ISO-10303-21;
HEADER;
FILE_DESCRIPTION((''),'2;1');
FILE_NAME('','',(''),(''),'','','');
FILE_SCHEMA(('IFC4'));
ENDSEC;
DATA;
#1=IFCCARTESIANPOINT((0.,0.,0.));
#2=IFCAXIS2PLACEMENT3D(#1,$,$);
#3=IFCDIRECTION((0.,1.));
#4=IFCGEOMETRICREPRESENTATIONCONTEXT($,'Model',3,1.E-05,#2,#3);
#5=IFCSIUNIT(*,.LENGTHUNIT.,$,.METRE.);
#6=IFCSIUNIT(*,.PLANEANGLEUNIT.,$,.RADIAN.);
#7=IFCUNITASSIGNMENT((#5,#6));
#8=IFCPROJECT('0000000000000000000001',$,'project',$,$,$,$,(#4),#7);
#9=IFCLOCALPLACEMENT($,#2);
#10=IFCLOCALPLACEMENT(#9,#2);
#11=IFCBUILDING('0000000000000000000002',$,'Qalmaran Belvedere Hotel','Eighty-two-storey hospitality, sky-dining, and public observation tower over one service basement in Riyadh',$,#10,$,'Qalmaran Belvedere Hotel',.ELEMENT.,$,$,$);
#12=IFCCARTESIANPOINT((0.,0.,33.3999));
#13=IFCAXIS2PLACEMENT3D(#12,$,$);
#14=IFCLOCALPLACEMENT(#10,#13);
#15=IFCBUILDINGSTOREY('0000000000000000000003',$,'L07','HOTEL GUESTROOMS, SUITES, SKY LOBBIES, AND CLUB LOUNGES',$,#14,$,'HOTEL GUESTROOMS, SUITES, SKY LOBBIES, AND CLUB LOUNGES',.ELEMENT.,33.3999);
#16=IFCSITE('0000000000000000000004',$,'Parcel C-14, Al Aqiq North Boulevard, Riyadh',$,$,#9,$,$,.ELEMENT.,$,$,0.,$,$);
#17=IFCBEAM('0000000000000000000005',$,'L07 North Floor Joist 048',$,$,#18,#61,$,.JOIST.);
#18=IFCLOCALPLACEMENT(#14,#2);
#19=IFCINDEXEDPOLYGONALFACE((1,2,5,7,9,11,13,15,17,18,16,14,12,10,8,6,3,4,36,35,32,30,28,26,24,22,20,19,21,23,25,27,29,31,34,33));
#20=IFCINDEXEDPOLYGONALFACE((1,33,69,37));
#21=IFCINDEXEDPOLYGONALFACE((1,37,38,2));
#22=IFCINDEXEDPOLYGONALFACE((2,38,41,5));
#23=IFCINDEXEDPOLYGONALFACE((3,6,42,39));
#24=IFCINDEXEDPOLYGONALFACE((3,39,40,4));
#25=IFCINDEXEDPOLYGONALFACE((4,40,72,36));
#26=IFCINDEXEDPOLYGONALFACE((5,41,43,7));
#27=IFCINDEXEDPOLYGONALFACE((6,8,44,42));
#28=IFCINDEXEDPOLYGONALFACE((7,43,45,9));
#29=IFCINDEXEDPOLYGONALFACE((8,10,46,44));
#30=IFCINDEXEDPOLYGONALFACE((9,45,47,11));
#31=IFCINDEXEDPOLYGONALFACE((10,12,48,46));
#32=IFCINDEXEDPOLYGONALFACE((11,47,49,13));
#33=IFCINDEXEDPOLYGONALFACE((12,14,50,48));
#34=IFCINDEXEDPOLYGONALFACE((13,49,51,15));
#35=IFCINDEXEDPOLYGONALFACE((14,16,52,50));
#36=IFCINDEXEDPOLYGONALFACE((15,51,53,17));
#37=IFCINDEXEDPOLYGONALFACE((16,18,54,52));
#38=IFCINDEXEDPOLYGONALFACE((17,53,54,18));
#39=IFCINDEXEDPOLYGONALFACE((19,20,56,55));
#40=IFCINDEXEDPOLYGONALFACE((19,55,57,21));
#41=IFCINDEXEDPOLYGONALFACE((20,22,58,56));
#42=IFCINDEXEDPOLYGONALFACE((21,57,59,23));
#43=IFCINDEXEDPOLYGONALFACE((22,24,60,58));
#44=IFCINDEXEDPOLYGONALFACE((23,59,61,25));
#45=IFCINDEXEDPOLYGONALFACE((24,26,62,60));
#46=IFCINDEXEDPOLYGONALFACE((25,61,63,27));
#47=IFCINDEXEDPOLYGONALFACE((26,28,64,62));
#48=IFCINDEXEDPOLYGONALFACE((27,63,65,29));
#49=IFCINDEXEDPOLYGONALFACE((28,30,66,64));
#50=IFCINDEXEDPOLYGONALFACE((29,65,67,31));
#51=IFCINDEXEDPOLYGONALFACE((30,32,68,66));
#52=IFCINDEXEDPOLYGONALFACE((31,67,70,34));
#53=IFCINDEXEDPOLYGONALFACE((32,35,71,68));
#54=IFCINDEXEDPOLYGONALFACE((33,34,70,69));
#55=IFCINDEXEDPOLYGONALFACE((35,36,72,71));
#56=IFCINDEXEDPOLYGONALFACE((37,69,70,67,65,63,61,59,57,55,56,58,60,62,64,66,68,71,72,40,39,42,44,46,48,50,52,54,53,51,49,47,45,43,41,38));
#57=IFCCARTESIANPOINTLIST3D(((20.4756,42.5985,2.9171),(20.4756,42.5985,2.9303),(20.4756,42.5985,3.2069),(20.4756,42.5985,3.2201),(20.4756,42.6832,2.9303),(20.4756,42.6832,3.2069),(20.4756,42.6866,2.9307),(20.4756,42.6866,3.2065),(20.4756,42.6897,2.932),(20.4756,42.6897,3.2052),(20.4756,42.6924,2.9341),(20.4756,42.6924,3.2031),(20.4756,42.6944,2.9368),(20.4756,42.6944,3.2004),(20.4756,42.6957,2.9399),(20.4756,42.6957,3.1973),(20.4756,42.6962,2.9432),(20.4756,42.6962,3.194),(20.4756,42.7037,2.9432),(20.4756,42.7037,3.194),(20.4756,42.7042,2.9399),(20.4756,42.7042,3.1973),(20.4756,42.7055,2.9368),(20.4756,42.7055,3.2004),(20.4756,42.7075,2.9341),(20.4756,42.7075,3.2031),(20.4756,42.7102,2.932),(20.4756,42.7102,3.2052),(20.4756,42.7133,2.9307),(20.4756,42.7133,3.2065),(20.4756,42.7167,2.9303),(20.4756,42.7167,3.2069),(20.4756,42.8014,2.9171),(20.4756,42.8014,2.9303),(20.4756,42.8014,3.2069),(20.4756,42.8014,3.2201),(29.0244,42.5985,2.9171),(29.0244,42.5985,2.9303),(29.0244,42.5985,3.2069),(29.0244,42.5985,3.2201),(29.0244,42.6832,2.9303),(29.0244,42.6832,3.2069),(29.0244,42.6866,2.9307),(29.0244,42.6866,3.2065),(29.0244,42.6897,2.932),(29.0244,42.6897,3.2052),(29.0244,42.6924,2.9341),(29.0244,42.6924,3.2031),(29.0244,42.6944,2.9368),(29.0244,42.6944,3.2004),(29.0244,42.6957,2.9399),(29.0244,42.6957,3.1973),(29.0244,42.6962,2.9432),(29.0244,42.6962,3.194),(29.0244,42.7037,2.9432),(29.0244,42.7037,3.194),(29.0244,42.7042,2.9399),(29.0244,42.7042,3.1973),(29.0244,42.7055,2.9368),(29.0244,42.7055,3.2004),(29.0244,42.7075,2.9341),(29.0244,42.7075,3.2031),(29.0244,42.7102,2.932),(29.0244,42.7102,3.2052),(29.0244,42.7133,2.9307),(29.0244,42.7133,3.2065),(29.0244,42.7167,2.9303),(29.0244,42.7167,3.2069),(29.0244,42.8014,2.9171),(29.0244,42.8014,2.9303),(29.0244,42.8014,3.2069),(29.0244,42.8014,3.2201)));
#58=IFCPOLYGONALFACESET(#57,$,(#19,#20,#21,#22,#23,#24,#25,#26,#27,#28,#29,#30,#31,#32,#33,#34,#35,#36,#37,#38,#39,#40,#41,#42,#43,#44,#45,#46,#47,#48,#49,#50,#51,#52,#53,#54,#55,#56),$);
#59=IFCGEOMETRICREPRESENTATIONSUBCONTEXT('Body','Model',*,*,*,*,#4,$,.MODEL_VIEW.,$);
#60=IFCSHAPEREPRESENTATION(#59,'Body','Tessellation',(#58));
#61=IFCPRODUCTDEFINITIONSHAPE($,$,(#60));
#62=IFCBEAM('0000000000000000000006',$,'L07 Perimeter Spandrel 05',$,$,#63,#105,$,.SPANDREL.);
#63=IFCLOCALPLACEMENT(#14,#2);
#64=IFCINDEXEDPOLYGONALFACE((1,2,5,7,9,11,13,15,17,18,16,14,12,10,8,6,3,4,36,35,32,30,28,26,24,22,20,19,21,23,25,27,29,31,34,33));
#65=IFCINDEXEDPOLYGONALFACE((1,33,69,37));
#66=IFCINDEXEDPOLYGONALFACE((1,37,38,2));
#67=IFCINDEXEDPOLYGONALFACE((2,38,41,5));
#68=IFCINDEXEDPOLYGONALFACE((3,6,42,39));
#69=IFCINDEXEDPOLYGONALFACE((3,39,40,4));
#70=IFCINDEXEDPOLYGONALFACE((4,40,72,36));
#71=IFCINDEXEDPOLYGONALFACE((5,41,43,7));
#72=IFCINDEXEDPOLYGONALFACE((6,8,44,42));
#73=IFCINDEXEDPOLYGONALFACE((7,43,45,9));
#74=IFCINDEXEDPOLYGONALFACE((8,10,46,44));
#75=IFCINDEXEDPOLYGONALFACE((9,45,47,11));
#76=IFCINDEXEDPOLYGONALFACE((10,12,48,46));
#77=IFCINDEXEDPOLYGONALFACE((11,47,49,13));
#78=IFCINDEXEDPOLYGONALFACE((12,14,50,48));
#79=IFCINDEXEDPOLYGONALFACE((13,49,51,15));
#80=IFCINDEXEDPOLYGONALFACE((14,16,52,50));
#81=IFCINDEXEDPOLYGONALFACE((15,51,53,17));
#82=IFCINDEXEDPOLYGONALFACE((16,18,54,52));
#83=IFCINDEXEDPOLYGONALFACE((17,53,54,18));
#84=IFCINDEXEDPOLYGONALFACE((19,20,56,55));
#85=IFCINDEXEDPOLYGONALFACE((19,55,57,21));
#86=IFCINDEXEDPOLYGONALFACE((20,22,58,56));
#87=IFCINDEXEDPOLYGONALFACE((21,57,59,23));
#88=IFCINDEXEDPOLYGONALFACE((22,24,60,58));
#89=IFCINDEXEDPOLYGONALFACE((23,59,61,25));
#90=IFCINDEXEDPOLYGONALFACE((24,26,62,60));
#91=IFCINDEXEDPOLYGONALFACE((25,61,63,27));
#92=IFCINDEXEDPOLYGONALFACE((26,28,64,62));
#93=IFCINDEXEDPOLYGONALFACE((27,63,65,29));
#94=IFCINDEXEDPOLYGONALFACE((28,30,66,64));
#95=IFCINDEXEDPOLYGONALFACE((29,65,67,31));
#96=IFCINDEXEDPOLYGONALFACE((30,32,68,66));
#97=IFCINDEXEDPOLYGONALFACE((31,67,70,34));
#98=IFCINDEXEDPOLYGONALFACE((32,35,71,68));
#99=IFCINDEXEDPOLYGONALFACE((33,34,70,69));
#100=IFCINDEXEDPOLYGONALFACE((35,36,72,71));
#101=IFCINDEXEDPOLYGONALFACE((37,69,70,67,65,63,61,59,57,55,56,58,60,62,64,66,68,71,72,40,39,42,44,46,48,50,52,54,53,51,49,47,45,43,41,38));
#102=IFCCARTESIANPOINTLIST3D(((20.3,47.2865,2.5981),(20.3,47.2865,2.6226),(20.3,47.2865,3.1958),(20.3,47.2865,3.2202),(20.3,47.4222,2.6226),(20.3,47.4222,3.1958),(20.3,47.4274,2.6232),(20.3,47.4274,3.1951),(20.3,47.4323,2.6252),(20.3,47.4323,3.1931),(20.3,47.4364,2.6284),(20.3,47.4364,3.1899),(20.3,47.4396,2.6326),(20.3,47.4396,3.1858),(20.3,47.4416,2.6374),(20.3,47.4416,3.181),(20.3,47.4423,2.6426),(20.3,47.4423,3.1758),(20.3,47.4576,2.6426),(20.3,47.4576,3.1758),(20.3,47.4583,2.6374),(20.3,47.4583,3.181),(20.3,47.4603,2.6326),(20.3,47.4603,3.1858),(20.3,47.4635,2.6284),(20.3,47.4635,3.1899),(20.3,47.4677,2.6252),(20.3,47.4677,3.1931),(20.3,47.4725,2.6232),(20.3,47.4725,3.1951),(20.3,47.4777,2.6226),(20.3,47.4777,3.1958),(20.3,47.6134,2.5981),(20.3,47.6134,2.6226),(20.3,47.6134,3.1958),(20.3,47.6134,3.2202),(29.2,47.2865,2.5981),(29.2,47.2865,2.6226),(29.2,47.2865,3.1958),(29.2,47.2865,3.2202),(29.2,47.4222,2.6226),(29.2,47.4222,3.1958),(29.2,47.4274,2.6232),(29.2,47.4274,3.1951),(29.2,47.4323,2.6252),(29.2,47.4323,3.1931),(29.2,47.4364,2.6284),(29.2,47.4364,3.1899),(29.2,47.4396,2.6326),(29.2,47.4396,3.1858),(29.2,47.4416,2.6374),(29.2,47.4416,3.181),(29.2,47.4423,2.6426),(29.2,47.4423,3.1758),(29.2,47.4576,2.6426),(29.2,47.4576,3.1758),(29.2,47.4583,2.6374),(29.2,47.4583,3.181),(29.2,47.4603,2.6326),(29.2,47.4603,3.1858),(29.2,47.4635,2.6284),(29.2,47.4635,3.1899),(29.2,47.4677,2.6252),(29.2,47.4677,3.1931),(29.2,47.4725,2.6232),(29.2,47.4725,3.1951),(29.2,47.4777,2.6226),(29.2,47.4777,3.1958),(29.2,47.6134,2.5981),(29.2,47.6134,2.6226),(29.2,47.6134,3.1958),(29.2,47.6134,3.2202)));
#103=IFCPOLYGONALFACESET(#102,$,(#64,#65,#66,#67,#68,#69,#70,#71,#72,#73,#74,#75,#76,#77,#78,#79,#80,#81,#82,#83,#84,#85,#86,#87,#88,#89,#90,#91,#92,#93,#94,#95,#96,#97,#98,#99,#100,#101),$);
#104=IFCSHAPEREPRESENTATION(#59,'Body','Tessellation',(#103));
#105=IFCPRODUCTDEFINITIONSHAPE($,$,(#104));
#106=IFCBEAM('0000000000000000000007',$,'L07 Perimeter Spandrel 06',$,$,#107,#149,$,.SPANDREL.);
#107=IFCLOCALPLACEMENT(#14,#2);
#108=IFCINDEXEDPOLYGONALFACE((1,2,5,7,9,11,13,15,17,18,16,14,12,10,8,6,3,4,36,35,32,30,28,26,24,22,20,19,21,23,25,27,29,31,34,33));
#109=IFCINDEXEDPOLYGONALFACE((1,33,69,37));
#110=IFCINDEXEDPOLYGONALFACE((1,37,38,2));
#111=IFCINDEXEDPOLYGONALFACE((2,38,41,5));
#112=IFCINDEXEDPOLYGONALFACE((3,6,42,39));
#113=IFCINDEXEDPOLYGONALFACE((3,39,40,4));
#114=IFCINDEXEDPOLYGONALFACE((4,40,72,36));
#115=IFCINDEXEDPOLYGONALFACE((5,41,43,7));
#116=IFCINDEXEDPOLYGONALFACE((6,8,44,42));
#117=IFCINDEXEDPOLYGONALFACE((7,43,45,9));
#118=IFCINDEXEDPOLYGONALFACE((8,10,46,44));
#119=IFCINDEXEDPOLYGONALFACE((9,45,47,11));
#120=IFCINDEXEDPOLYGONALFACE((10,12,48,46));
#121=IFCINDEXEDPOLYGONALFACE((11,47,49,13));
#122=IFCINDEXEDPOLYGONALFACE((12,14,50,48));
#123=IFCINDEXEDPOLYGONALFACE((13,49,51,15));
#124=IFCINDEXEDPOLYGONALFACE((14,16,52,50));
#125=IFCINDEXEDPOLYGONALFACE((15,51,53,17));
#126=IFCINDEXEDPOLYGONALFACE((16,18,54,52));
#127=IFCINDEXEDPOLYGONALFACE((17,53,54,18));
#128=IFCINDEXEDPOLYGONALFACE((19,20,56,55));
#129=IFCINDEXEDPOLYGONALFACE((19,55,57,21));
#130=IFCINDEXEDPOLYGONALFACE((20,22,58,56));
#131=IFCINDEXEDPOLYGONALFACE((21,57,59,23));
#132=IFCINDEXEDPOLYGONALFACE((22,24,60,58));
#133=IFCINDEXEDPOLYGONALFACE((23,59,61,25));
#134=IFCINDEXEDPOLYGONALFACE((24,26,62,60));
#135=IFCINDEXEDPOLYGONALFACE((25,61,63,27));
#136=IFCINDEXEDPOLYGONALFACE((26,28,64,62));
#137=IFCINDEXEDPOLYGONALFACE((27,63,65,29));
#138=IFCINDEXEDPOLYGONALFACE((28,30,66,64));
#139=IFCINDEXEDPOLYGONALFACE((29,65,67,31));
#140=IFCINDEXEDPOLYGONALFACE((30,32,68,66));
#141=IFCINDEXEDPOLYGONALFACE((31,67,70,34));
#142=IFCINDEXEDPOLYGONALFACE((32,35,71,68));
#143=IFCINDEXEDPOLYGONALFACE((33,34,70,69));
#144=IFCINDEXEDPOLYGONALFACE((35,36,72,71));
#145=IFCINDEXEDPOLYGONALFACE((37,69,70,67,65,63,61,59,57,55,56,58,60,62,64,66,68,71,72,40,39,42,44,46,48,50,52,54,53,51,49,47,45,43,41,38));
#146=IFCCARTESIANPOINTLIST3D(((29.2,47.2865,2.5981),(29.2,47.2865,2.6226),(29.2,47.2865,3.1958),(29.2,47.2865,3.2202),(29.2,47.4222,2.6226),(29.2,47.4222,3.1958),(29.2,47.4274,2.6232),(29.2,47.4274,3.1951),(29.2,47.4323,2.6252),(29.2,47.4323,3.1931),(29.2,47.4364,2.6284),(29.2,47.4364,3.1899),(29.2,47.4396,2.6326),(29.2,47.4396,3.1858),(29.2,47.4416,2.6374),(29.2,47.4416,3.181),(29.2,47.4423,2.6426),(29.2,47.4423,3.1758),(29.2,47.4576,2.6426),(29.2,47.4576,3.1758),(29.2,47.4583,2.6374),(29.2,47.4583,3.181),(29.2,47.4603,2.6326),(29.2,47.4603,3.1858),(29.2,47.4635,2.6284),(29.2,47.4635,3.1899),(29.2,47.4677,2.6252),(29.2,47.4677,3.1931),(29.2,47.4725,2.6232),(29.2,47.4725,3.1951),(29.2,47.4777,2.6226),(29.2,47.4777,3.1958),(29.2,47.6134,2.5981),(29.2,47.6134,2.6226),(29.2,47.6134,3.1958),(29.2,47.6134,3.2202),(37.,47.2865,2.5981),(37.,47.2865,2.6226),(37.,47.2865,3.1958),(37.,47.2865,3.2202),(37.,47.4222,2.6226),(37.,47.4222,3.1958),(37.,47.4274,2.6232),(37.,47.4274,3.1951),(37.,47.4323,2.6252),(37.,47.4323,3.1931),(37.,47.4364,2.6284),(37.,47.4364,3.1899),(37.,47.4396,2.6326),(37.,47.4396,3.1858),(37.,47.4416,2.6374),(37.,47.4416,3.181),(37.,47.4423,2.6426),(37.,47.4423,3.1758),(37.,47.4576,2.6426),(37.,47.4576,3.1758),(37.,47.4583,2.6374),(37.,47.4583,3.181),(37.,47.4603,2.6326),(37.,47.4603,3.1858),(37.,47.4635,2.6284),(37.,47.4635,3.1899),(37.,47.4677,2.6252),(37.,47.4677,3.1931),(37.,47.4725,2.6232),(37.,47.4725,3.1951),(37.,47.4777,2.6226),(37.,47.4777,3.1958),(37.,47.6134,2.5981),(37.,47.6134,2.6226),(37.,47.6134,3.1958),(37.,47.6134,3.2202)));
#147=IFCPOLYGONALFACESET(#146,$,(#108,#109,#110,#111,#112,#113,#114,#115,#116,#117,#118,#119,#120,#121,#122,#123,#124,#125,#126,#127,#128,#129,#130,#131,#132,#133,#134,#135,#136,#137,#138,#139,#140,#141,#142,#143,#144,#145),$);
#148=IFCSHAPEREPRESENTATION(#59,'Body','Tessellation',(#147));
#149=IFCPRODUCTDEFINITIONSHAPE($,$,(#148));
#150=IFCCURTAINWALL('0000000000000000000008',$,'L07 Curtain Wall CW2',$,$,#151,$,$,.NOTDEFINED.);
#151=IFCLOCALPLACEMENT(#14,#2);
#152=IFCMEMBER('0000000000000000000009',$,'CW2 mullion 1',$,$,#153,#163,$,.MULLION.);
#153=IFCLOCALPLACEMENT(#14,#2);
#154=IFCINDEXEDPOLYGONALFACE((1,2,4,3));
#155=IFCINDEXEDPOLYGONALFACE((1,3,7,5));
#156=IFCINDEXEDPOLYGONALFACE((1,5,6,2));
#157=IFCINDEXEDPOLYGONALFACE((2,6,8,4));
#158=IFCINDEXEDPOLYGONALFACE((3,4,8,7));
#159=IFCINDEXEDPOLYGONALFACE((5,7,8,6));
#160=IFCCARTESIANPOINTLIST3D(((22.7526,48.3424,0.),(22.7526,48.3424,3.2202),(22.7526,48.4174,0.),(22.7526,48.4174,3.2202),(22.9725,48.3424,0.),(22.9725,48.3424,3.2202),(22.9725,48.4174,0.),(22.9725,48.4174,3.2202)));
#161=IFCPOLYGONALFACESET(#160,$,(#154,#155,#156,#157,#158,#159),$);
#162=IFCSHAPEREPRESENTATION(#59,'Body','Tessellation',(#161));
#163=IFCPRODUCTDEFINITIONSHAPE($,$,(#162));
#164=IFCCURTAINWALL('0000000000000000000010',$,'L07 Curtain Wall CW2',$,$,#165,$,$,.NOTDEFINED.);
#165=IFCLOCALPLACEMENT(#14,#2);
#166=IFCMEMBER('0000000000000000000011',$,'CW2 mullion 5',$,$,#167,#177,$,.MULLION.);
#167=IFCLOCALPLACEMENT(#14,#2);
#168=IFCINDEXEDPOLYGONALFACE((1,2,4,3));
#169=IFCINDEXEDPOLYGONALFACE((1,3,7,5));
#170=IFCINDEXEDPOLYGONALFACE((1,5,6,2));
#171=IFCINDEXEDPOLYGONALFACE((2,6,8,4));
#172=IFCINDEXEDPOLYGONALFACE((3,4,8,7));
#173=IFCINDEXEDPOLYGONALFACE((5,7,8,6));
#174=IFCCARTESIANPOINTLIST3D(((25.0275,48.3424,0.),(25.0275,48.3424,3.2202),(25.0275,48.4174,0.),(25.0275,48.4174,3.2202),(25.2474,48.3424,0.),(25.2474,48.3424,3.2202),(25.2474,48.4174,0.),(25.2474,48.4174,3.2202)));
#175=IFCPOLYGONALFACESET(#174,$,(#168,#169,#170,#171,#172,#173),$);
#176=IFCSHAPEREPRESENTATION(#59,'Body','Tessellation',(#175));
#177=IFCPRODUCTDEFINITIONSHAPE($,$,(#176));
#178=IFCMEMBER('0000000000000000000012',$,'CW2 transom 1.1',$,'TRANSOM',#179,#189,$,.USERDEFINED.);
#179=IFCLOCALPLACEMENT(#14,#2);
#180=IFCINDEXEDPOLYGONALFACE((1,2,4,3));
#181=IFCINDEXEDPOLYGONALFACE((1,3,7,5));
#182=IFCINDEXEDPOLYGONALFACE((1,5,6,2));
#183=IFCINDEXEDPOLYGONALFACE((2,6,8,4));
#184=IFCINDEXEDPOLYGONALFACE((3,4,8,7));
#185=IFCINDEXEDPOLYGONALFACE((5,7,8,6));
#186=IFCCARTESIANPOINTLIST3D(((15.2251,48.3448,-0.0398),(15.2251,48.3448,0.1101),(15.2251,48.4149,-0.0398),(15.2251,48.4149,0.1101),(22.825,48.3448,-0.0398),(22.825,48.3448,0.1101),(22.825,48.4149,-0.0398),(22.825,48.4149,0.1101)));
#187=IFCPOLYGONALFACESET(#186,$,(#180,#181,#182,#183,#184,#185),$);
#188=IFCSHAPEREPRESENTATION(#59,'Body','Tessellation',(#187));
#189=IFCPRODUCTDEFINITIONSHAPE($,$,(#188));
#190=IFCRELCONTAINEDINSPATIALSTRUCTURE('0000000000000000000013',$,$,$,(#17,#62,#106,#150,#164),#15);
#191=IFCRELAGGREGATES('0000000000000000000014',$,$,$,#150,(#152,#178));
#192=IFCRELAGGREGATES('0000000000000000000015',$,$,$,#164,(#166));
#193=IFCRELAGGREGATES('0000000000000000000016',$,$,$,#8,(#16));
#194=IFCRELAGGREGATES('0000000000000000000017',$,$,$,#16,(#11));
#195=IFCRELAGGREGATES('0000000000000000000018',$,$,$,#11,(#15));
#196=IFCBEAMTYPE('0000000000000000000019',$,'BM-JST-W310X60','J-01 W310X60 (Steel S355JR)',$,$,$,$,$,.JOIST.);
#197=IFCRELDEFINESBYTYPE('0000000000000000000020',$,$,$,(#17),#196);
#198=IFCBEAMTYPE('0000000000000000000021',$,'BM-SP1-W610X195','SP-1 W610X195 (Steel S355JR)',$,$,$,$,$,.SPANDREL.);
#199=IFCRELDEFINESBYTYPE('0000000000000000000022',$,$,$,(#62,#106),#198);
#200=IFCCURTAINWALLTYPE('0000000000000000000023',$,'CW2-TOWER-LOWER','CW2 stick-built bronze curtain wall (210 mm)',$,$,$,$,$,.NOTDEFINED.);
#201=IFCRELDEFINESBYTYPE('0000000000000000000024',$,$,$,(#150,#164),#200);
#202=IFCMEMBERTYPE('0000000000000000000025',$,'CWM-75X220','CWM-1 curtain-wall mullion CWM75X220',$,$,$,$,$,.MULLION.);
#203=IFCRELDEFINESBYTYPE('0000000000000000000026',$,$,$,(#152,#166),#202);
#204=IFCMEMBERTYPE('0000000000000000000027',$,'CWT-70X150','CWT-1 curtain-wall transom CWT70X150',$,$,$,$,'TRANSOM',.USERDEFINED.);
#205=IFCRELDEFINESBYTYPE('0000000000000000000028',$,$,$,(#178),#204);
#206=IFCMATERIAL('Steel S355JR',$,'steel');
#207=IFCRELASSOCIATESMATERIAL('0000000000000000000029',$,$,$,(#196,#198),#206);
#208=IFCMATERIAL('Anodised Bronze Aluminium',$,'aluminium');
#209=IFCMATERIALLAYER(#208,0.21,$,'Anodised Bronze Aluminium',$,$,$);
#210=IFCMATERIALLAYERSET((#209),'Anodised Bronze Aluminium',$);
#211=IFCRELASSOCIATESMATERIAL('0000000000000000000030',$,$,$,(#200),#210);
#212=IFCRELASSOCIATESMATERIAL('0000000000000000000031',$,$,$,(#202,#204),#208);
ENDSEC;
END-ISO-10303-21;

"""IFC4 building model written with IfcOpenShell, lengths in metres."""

from ifc_helpers import new_model, si_unit, direction, frame, origin, origin_2d, place, context, subcontext, project, spatial, rectangle, i_section, extrude, material, layer, layer_set, material_profile, profile_set, type_object, element, aggregate, save


model = new_model("IFC4")

# Units and contexts
model_context = context("Model", 3, precision=1e-05, world=origin(), true_north=direction((0.0, 1.0)))
body_context = subcontext(model_context, "Body", "Model", "MODEL_VIEW")
ifc_project = project(units=[si_unit("LENGTHUNIT", "METRE"), si_unit("PLANEANGLEUNIT", "RADIAN")], contexts=[model_context])

# Site, building, storey
site_placement = place(None, origin())
site = spatial("IfcSite", under=ifc_project, at=site_placement, Name="Parcel C-14, Al Aqiq North Boulevard, Riyadh", CompositionType="ELEMENT", RefElevation=0.0)
building_placement = place(site_placement, origin())
building = spatial("IfcBuilding", under=site, at=building_placement, Name="Qalmaran Belvedere Hotel", Description="Eighty-two-storey hospitality, sky-dining, and public observation tower over one service basement in Riyadh", LongName="Qalmaran Belvedere Hotel", CompositionType="ELEMENT")
storey_placement = place(building_placement, frame((0.0, 0.0, 33.3999)))
storey = spatial("IfcBuildingStorey", under=building, at=storey_placement, Name="L07", Description="HOTEL GUESTROOMS, SUITES, SKY LOBBIES, AND CLUB LOUNGES", LongName="HOTEL GUESTROOMS, SUITES, SKY LOBBIES, AND CLUB LOUNGES", CompositionType="ELEMENT", Elevation=33.3999)

# Beams
ifc_material_1 = material(Name="Steel S355JR", Category="steel")
ifc_material_profile_1 = material_profile(ifc_material_1, i_section(OverallWidth=0.2029, OverallDepth=0.303, WebThickness=0.0076, FlangeThickness=0.0132, FilletRadius=0.0129, at=origin_2d()), Name="W310X60")
ifc_profile_set_1 = profile_set([ifc_material_profile_1], Name="Steel S355JR")
beam_type_1 = type_object("IfcBeamType", Name="BM-JST-W310X60", Description="J-01 W310X60 (Steel S355JR)", PredefinedType="JOIST", material=ifc_profile_set_1)
for number, where, z_axis, x_axis, name in (
    (1, (20.4756, 42.7, 3.0686), (1.0, 0.0, 0.0), (0.0, 1.0, 0.0), "L07 North Floor Joist 048"),
):
    element("IfcBeam", number, at=place(storey_placement, frame(where, z_axis=z_axis, x_axis=x_axis)), inside=storey, type_object=beam_type_1, Name=name, PredefinedType="JOIST", context=body_context, shape_type="SweptSolid", body=[
        extrude(i_section(OverallWidth=0.2029, OverallDepth=0.303, WebThickness=0.0076, FlangeThickness=0.0132, FilletRadius=0.0129, at=origin_2d()), origin(), (0.0, 0.0, 1.0), 8.5488),
    ])
ifc_material_profile_2 = material_profile(ifc_material_1, i_section(OverallWidth=0.3269, OverallDepth=0.6221, WebThickness=0.0154, FlangeThickness=0.0244, FilletRadius=0.02, at=origin_2d()), Name="W610X195")
ifc_profile_set_2 = profile_set([ifc_material_profile_2], Name="Steel S355JR")
beam_type_2 = type_object("IfcBeamType", Name="BM-SP1-W610X195", Description="SP-1 W610X195 (Steel S355JR)", PredefinedType="SPANDREL", material=ifc_profile_set_2)
beam_1_placement = place(storey_placement, frame((20.3, 47.45, 2.9092), z_axis=(1.0, 0.0, 0.0), x_axis=(0.0, 1.0, 0.0)))
element("IfcBeam", 2, at=beam_1_placement, inside=storey, type_object=beam_type_2, Name="L07 Perimeter Spandrel 05", PredefinedType="SPANDREL", context=body_context, shape_type="SweptSolid", body=[
    extrude(i_section(OverallWidth=0.3269, OverallDepth=0.6221, WebThickness=0.0154, FlangeThickness=0.0244, FilletRadius=0.02, at=origin_2d()), origin(), (0.0, 0.0, 1.0), 8.8999),
])
beam_2_placement = place(storey_placement, frame((29.2, 47.45, 2.9092), z_axis=(1.0, 0.0, 0.0), x_axis=(0.0, 1.0, 0.0)))
element("IfcBeam", 3, at=beam_2_placement, inside=storey, type_object=beam_type_2, Name="L07 Perimeter Spandrel 06", PredefinedType="SPANDREL", context=body_context, shape_type="SweptSolid", body=[
    extrude(i_section(OverallWidth=0.3269, OverallDepth=0.6221, WebThickness=0.0154, FlangeThickness=0.0244, FilletRadius=0.02, at=origin_2d()), origin(), (0.0, 0.0, 1.0), 7.8),
])

# Curtain walls, members
ifc_material_2 = material(Name="Anodised Bronze Aluminium", Category="aluminium")
ifc_layer_1 = layer(ifc_material_2, 0.21, Name="Anodised Bronze Aluminium")
ifc_layer_set_1 = layer_set([ifc_layer_1], Name="Anodised Bronze Aluminium")
curtain_wall_type = type_object("IfcCurtainWallType", Name="CW2-TOWER-LOWER", Description="CW2 stick-built bronze curtain wall (210 mm)", PredefinedType="NOTDEFINED", material=ifc_layer_set_1)
curtain_wall_1_placement = place(storey_placement, origin())
curtain_wall_1 = element("IfcCurtainWall", 4, at=curtain_wall_1_placement, inside=storey, type_object=curtain_wall_type, Name="L07 Curtain Wall CW2", PredefinedType="NOTDEFINED")
ifc_material_profile_3 = material_profile(ifc_material_2, rectangle(XDim=0.075, YDim=0.22, at=origin_2d()), Name="CWM75X220")
ifc_profile_set_3 = profile_set([ifc_material_profile_3], Name="Anodised Bronze Aluminium")
member_type_1 = type_object("IfcMemberType", Name="CWM-75X220", Description="CWM-1 curtain-wall mullion CWM75X220", PredefinedType="MULLION", material=ifc_profile_set_3)
member_1_placement = place(storey_placement, frame((22.8625, 48.3799, 0.0), z_axis=(0.0, 0.0, 1.0), x_axis=(0.0, -1.0, 0.0)))
member_1 = element("IfcMember", 5, at=member_1_placement, type_object=member_type_1, Name="CW2 mullion 1", PredefinedType="MULLION", context=body_context, shape_type="SweptSolid", body=[
    extrude(rectangle(XDim=0.075, YDim=0.22, at=origin_2d()), origin(), (0.0, 0.0, 1.0), 3.2202),
])
curtain_wall_2_placement = place(storey_placement, origin())
curtain_wall_2 = element("IfcCurtainWall", 6, at=curtain_wall_2_placement, inside=storey, type_object=curtain_wall_type, Name="L07 Curtain Wall CW2", PredefinedType="NOTDEFINED")
member_2_placement = place(storey_placement, frame((25.1375, 48.3799, 0.0), z_axis=(0.0, 0.0, 1.0), x_axis=(0.0, -1.0, 0.0)))
member_2 = element("IfcMember", 7, at=member_2_placement, type_object=member_type_1, Name="CW2 mullion 5", PredefinedType="MULLION", context=body_context, shape_type="SweptSolid", body=[
    extrude(rectangle(XDim=0.075, YDim=0.22, at=origin_2d()), origin(), (0.0, 0.0, 1.0), 3.2202),
])

# Member
ifc_material_profile_4 = material_profile(ifc_material_2, rectangle(XDim=0.0701, YDim=0.1499, at=origin_2d()), Name="CWT70X150")
ifc_profile_set_4 = profile_set([ifc_material_profile_4], Name="Anodised Bronze Aluminium")
member_type_2 = type_object("IfcMemberType", Name="CWT-70X150", Description="CWT-1 curtain-wall transom CWT70X150", ElementType="TRANSOM", PredefinedType="USERDEFINED", material=ifc_profile_set_4)
member_3_placement = place(storey_placement, frame((22.825, 48.3799, 0.0352), z_axis=(-1.0, 0.0, 0.0), x_axis=(0.0, -1.0, 0.0)))
member_3 = element("IfcMember", 8, at=member_3_placement, type_object=member_type_2, Name="CW2 transom 1.1", ObjectType="TRANSOM", PredefinedType="USERDEFINED", context=body_context, shape_type="SweptSolid", body=[
    extrude(rectangle(XDim=0.0701, YDim=0.1499, at=origin_2d()), origin(), (0.0, 0.0, 1.0), 7.5999),
])
aggregate(curtain_wall_1, [member_1, member_3])

aggregate(curtain_wall_2, [member_2])

save(model, "model.ifc")
